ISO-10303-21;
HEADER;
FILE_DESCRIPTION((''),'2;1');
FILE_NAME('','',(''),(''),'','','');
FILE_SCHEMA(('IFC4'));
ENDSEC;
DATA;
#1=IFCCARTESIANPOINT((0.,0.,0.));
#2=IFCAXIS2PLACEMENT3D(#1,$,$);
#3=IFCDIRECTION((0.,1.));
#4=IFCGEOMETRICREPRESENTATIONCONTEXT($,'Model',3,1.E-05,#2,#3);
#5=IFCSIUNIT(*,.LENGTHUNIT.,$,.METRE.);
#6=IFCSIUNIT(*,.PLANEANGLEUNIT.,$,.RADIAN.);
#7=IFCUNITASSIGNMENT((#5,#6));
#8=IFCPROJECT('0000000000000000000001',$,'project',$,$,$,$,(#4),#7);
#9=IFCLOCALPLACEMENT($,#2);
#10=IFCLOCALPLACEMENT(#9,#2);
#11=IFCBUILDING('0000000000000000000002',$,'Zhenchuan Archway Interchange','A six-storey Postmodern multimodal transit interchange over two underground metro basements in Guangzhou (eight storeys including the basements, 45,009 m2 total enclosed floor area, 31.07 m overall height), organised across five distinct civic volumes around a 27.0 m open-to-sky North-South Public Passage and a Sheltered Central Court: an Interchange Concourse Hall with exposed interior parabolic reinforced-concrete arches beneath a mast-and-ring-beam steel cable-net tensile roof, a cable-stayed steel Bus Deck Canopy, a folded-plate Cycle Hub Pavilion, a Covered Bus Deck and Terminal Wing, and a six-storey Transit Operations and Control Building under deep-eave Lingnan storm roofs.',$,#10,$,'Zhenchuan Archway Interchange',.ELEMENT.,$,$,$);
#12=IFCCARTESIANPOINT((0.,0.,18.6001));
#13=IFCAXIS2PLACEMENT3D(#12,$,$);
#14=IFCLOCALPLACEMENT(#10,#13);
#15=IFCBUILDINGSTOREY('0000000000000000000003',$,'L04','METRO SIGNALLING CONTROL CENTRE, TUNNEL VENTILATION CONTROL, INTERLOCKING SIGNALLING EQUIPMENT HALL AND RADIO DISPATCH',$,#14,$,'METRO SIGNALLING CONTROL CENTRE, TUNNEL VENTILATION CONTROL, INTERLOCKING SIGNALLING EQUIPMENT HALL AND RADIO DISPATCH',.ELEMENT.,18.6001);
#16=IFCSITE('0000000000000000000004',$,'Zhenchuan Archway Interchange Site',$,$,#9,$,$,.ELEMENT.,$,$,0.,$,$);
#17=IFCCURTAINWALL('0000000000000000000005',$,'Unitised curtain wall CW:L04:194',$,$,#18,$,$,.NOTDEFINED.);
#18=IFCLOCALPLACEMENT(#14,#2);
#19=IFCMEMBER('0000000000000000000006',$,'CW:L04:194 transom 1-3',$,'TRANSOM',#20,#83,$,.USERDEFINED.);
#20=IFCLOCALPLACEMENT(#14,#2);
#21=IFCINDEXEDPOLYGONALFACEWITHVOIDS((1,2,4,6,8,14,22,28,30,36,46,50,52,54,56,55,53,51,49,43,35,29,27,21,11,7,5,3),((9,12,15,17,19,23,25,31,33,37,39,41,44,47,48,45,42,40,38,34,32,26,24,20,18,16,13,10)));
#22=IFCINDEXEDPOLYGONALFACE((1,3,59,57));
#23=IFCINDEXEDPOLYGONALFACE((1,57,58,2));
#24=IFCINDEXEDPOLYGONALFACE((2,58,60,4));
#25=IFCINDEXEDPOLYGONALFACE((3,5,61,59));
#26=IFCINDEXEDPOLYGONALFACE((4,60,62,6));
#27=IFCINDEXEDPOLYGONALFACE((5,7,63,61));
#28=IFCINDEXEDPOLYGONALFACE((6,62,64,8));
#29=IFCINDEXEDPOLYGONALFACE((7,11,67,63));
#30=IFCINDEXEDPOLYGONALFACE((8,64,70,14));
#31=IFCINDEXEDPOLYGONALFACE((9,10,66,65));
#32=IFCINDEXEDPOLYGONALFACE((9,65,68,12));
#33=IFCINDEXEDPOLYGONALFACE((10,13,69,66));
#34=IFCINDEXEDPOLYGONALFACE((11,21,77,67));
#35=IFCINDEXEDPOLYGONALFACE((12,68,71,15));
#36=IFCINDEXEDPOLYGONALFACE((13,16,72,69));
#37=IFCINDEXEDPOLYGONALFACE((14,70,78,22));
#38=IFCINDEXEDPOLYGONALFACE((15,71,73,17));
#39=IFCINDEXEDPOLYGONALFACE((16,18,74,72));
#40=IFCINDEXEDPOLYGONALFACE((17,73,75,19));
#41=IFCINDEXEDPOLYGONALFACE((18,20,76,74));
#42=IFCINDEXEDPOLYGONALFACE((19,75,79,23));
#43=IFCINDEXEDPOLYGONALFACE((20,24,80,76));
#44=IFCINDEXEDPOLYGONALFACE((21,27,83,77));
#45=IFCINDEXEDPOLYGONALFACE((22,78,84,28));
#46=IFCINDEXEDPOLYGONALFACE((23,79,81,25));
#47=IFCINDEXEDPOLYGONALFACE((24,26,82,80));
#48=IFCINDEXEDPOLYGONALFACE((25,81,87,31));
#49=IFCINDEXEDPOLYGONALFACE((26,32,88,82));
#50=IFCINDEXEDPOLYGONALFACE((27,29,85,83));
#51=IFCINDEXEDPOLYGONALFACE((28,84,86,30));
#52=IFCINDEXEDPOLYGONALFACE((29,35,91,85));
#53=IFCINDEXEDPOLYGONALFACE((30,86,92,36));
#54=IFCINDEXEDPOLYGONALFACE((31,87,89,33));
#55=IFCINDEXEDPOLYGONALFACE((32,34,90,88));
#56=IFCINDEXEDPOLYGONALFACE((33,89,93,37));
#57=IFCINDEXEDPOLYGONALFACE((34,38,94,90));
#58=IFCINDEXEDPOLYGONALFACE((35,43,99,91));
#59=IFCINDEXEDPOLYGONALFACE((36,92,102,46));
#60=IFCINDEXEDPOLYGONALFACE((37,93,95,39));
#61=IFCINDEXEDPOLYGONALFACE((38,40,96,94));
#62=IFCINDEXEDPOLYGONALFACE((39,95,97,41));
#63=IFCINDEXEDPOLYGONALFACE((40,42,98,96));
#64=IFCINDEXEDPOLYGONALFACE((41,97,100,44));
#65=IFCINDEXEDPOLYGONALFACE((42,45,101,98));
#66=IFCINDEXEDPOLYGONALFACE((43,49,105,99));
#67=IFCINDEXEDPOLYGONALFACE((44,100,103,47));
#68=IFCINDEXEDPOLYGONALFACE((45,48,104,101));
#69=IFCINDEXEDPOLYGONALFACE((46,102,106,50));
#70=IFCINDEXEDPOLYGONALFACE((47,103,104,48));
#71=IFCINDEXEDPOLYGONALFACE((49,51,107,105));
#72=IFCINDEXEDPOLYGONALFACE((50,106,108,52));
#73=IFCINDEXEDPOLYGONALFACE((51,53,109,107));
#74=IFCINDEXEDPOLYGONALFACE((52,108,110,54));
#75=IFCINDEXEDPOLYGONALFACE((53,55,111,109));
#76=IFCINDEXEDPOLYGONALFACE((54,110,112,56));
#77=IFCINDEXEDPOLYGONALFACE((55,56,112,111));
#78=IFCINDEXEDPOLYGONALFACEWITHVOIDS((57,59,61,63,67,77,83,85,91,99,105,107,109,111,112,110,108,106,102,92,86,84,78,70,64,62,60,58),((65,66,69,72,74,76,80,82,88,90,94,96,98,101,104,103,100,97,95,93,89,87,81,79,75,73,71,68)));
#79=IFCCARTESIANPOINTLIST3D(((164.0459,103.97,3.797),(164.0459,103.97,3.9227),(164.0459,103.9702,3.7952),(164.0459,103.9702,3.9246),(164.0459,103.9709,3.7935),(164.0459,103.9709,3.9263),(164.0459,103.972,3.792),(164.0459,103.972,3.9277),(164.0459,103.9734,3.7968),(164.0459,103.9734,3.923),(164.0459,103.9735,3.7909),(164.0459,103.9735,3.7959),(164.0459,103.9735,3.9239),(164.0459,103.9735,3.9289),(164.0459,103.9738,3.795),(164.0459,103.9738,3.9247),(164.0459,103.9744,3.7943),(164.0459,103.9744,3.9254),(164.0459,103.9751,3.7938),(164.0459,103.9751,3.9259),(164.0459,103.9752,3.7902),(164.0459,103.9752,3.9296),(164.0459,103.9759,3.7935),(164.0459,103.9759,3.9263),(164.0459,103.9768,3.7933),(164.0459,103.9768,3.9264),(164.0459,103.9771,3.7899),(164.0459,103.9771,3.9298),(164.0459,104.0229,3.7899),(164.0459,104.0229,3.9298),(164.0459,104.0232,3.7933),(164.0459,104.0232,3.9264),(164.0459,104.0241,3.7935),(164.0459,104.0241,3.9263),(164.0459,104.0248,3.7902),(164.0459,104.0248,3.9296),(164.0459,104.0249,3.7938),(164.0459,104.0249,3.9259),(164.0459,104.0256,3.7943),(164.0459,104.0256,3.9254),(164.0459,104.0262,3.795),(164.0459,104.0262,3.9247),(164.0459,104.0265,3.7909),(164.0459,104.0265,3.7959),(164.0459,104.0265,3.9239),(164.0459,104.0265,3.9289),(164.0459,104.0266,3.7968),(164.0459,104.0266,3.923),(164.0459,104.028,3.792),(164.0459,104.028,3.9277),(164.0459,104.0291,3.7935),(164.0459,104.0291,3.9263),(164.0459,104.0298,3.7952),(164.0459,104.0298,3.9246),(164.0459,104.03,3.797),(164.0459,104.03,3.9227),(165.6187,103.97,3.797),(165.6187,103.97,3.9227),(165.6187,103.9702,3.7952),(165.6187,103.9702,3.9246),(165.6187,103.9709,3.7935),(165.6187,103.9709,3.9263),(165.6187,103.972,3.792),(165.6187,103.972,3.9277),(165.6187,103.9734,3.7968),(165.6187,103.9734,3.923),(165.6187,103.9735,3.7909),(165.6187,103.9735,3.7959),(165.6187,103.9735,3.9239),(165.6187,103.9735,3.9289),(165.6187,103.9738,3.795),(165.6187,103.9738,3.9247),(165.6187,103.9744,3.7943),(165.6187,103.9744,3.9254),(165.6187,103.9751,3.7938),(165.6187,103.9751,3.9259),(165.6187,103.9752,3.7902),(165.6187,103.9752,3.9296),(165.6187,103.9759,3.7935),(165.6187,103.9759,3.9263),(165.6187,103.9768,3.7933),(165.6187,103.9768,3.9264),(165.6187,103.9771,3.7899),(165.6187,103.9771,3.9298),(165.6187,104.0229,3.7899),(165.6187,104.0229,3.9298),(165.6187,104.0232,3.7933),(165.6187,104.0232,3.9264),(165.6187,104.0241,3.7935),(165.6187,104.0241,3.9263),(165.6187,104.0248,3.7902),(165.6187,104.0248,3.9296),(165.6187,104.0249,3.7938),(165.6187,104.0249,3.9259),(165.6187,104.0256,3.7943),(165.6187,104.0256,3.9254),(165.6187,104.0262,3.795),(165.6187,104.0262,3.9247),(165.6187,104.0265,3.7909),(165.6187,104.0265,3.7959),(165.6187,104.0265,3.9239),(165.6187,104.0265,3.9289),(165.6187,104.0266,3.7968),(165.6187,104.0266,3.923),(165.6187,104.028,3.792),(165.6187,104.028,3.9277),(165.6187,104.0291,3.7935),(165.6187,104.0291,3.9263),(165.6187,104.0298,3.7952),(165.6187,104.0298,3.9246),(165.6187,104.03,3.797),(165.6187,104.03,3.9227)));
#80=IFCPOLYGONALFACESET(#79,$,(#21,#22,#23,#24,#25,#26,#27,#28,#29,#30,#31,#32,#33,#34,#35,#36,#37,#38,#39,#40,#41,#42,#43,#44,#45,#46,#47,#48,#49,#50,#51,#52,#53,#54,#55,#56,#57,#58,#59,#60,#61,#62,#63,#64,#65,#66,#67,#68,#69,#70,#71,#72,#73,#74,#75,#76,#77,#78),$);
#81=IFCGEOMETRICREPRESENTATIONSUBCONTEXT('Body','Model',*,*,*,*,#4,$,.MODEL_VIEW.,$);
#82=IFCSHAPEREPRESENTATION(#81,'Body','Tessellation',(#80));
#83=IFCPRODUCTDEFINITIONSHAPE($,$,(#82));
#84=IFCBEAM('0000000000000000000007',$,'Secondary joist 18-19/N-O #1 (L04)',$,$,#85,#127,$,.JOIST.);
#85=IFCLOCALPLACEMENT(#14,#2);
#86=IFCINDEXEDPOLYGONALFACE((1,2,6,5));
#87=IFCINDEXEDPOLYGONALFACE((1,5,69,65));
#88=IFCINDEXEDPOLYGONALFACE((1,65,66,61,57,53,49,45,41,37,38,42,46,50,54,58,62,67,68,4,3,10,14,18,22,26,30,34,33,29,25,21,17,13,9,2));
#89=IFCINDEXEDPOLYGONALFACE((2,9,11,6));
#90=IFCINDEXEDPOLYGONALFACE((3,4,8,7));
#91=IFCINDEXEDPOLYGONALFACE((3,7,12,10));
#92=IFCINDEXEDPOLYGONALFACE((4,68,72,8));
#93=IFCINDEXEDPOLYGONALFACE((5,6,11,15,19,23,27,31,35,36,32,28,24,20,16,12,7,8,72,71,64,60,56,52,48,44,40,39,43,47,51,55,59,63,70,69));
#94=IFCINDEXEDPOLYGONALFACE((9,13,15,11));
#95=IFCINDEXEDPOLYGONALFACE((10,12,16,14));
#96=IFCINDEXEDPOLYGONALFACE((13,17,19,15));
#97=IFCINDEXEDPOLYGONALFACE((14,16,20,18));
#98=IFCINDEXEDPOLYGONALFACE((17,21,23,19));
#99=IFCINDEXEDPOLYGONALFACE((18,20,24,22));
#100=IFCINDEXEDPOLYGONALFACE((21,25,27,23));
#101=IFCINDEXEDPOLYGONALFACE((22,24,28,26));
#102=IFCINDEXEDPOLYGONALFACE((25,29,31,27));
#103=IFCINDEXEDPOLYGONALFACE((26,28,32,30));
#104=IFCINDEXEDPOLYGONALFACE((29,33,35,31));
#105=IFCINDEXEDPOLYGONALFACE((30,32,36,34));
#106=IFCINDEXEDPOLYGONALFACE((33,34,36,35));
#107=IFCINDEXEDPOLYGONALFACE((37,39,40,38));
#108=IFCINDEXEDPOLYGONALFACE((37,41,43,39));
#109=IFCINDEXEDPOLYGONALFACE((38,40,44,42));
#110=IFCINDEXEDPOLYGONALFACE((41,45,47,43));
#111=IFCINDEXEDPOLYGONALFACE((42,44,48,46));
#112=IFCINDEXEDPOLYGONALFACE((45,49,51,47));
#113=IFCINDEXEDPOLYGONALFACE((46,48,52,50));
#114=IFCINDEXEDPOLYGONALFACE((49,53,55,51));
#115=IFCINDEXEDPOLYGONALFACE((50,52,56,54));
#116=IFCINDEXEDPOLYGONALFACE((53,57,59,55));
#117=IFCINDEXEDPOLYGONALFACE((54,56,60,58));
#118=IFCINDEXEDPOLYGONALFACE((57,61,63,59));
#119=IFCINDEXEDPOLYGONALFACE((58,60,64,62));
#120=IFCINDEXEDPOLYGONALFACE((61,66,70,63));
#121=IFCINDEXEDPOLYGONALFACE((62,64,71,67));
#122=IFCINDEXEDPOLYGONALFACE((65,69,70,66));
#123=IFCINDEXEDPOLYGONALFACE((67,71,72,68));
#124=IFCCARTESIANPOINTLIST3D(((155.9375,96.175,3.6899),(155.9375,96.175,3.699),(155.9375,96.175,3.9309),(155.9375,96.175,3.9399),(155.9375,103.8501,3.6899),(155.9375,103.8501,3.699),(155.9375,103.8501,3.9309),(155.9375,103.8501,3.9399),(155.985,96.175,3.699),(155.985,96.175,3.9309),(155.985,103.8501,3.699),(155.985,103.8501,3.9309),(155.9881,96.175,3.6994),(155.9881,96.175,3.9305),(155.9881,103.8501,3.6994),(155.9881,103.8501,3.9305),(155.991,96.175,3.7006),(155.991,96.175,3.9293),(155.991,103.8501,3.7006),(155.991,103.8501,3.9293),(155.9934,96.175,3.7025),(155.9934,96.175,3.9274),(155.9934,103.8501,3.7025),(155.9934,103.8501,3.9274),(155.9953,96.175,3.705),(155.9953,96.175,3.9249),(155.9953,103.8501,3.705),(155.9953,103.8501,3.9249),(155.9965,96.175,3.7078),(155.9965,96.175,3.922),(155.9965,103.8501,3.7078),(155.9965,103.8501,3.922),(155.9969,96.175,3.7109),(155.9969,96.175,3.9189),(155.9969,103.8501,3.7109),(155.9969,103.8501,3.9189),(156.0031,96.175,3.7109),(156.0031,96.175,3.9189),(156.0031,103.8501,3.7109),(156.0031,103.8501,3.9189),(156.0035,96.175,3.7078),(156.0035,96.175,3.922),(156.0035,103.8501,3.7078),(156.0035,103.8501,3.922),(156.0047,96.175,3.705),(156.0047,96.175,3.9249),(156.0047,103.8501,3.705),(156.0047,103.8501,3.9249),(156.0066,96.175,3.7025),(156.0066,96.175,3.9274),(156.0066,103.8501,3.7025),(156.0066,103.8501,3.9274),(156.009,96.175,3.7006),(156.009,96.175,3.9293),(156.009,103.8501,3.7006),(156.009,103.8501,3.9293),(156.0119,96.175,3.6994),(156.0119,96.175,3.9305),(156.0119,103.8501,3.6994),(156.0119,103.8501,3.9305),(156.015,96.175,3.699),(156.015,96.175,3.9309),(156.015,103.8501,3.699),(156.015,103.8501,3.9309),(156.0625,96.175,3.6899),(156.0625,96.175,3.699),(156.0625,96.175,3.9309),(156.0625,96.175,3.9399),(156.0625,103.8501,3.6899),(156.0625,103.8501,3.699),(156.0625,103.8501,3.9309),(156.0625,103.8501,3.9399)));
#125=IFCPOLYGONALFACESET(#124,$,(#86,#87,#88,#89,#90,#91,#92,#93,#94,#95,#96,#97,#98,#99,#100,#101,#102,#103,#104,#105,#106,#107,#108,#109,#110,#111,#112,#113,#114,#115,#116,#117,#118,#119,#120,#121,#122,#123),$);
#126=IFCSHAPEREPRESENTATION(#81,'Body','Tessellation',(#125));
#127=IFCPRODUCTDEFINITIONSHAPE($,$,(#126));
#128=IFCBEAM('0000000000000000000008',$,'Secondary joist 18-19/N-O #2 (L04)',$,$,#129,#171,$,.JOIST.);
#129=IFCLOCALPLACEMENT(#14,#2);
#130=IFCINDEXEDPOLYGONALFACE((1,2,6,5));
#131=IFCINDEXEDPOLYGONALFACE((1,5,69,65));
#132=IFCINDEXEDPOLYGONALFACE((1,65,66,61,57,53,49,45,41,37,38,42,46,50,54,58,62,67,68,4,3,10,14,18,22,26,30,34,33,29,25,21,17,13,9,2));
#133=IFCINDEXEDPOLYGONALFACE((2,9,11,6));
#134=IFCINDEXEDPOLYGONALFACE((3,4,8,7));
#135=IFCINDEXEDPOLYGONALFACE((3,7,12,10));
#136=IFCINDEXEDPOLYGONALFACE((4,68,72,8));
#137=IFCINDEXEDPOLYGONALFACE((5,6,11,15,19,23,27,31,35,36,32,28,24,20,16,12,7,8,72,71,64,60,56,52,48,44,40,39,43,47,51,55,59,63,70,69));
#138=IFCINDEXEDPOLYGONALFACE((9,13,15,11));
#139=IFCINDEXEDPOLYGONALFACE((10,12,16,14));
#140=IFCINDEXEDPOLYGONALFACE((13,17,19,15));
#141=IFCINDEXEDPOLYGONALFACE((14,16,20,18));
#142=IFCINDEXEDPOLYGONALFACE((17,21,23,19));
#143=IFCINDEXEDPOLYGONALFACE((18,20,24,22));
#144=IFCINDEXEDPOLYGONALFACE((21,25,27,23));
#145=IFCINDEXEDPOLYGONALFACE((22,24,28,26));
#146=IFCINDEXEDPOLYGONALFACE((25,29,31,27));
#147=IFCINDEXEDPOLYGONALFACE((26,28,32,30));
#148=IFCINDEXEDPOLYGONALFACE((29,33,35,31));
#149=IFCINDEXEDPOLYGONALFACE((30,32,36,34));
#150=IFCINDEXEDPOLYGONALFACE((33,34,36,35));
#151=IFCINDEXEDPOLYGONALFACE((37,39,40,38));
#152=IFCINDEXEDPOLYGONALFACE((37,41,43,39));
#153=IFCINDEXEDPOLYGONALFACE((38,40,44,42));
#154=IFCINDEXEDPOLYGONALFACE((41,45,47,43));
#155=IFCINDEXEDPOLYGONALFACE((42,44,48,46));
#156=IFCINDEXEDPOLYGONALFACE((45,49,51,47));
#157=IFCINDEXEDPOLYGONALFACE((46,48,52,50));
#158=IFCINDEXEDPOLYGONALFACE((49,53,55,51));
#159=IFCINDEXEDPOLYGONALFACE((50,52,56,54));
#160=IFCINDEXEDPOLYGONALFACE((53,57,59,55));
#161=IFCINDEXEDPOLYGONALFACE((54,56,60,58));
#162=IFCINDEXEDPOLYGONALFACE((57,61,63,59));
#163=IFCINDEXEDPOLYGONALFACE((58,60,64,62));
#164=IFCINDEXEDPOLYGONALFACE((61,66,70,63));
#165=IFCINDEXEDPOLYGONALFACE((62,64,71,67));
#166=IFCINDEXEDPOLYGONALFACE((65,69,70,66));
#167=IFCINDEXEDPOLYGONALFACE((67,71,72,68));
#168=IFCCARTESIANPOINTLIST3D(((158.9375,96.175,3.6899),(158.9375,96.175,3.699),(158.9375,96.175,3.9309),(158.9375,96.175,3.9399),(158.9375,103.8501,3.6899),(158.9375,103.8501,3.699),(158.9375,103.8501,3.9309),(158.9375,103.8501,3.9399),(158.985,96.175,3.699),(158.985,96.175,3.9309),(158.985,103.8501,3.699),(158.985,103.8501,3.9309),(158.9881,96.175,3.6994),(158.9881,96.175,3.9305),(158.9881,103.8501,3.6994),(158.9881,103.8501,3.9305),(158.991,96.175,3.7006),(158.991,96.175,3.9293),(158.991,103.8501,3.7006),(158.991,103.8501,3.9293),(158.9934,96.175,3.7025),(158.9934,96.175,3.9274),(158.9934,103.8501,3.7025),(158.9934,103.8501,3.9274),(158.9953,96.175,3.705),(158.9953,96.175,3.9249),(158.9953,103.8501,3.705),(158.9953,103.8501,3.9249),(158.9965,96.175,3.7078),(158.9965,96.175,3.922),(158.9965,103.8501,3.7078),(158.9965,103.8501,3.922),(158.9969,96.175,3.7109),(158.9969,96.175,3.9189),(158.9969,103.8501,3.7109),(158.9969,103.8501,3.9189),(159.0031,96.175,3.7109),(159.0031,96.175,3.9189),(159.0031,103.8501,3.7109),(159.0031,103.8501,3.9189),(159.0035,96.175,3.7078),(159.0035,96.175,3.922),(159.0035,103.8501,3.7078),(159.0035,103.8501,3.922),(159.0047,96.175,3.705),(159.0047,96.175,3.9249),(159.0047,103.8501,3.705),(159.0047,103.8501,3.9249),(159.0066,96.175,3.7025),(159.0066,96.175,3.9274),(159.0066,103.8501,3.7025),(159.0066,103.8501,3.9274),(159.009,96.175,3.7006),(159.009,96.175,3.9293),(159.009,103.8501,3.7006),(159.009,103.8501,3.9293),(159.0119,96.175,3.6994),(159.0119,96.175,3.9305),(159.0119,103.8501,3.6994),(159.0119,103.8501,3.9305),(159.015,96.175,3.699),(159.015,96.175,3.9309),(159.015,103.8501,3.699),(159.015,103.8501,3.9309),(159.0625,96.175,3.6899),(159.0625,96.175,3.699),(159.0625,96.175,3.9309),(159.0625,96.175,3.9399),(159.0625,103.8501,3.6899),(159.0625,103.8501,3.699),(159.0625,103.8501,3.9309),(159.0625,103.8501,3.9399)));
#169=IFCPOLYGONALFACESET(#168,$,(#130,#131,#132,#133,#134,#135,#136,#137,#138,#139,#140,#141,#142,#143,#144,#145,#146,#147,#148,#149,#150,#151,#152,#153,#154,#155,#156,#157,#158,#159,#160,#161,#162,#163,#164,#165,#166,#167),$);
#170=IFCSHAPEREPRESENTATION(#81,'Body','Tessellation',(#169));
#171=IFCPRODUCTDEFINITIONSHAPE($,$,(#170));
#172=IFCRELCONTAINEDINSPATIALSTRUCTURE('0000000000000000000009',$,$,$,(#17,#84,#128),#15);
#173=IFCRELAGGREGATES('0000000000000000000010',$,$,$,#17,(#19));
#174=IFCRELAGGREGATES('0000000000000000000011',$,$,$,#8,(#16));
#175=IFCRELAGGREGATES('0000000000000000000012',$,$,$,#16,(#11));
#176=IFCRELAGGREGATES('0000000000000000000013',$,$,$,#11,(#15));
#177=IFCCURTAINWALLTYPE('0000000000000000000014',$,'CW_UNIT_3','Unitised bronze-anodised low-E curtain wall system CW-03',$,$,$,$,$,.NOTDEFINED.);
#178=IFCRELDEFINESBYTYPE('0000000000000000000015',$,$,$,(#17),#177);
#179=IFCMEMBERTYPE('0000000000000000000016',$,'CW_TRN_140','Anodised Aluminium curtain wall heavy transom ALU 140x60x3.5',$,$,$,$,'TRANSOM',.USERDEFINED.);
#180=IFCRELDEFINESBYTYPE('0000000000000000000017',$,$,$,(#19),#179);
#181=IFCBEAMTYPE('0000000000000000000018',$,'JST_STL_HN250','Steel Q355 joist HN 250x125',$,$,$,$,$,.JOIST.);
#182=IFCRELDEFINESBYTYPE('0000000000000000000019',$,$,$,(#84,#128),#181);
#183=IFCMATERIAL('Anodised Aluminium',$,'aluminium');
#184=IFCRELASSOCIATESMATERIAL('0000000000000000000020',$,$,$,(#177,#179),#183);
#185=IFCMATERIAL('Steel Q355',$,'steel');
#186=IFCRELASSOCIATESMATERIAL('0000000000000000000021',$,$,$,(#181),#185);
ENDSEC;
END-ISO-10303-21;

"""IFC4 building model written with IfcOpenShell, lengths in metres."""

from ifc_helpers import new_model, si_unit, direction, frame, origin, origin_2d, place, context, subcontext, project, spatial, hollow_rectangle, i_section, extrude, material, material_profile, profile_set, type_object, element, aggregate, save


model = new_model("IFC4")

# Units and contexts
model_context = context("Model", 3, precision=1e-05, world=origin(), true_north=direction((0.0, 1.0)))
body_context = subcontext(model_context, "Body", "Model", "MODEL_VIEW")
ifc_project = project(units=[si_unit("LENGTHUNIT", "METRE"), si_unit("PLANEANGLEUNIT", "RADIAN")], contexts=[model_context])

# Site, building, storey
site_placement = place(None, origin())
site = spatial("IfcSite", under=ifc_project, at=site_placement, Name="Zhenchuan Archway Interchange Site", CompositionType="ELEMENT", RefElevation=0.0)
building_placement = place(site_placement, origin())
building = spatial("IfcBuilding", under=site, at=building_placement, Name="Zhenchuan Archway Interchange", Description="A six-storey Postmodern multimodal transit interchange over two underground metro basements in Guangzhou (eight storeys including the basements, 45,009 m2 total enclosed floor area, 31.07 m overall height), organised across five distinct civic volumes around a 27.0 m open-to-sky North-South Public Passage and a Sheltered Central Court: an Interchange Concourse Hall with exposed interior parabolic reinforced-concrete arches beneath a mast-and-ring-beam steel cable-net tensile roof, a cable-stayed steel Bus Deck Canopy, a folded-plate Cycle Hub Pavilion, a Covered Bus Deck and Terminal Wing, and a six-storey Transit Operations and Control Building under deep-eave Lingnan storm roofs.", LongName="Zhenchuan Archway Interchange", CompositionType="ELEMENT")
storey_placement = place(building_placement, frame((0.0, 0.0, 18.6001)))
storey = spatial("IfcBuildingStorey", under=building, at=storey_placement, Name="L04", Description="METRO SIGNALLING CONTROL CENTRE, TUNNEL VENTILATION CONTROL, INTERLOCKING SIGNALLING EQUIPMENT HALL AND RADIO DISPATCH", LongName="METRO SIGNALLING CONTROL CENTRE, TUNNEL VENTILATION CONTROL, INTERLOCKING SIGNALLING EQUIPMENT HALL AND RADIO DISPATCH", CompositionType="ELEMENT", Elevation=18.6001)

# Curtain wall, member
ifc_material_1 = material(Name="Anodised Aluminium", Category="aluminium")
curtain_wall_type = type_object("IfcCurtainWallType", Name="CW_UNIT_3", Description="Unitised bronze-anodised low-E curtain wall system CW-03", PredefinedType="NOTDEFINED", material=ifc_material_1)
curtain_wall_placement = place(storey_placement, origin())
curtain_wall = element("IfcCurtainWall", 1, at=curtain_wall_placement, inside=storey, type_object=curtain_wall_type, Name="Unitised curtain wall CW:L04:194", PredefinedType="NOTDEFINED")
ifc_material_profile_1 = material_profile(ifc_material_1, hollow_rectangle(XDim=0.0601, YDim=0.1399, WallThickness=0.0034, InnerFilletRadius=0.0034, OuterFilletRadius=0.0071, at=origin_2d()), Name="ALU 140x60x3.5")
ifc_profile_set_1 = profile_set([ifc_material_profile_1], Name="Anodised Aluminium")
member_type_1 = type_object("IfcMemberType", Name="CW_TRN_140", Description="Anodised Aluminium curtain wall heavy transom ALU 140x60x3.5", ElementType="TRANSOM", PredefinedType="USERDEFINED", material=ifc_profile_set_1)
member_1_placement = place(storey_placement, frame((164.0459, 104.0, 3.8599), z_axis=(1.0, 0.0, 0.0), x_axis=(0.0, 1.0, 0.0)))
member_1 = element("IfcMember", 2, at=member_1_placement, type_object=member_type_1, Name="CW:L04:194 transom 1-3", ObjectType="TRANSOM", PredefinedType="USERDEFINED", context=body_context, shape_type="SweptSolid", body=[
    extrude(hollow_rectangle(XDim=0.0601, YDim=0.1399, WallThickness=0.0034, InnerFilletRadius=0.0034, OuterFilletRadius=0.0071, at=origin_2d()), origin(), (0.0, 0.0, 1.0), 1.5728),
])

# Beams
ifc_material_2 = material(Name="Steel Q355", Category="steel")
ifc_material_profile_2 = material_profile(ifc_material_2, i_section(OverallWidth=0.125, OverallDepth=0.25, WebThickness=0.0061, FlangeThickness=0.009, FilletRadius=0.012, at=origin_2d()), Name="HN 250x125")
ifc_profile_set_2 = profile_set([ifc_material_profile_2], Name="Steel Q355")
beam_type_1 = type_object("IfcBeamType", Name="JST_STL_HN250", Description="Steel Q355 joist HN 250x125", PredefinedType="JOIST", material=ifc_profile_set_2)
for number, where, z_axis, x_axis, name in (
    (3, (156.0, 96.175, 3.8149), (0.0, 1.0, 0.0), (-1.0, 0.0, 0.0), "Secondary joist 18-19/N-O #1 (L04)"),
    (4, (159.0, 96.175, 3.8149), (0.0, 1.0, 0.0), (-1.0, 0.0, 0.0), "Secondary joist 18-19/N-O #2 (L04)"),
):
    element("IfcBeam", number, at=place(storey_placement, frame(where, z_axis=z_axis, x_axis=x_axis)), inside=storey, type_object=beam_type_1, Name=name, PredefinedType="JOIST", context=body_context, shape_type="SweptSolid", body=[
        extrude(i_section(OverallWidth=0.125, OverallDepth=0.25, WebThickness=0.0061, FlangeThickness=0.009, FilletRadius=0.012, at=origin_2d()), origin(), (0.0, 0.0, 1.0), 7.675),
    ])

aggregate(curtain_wall, [member_1])

save(model, "model.ifc")
